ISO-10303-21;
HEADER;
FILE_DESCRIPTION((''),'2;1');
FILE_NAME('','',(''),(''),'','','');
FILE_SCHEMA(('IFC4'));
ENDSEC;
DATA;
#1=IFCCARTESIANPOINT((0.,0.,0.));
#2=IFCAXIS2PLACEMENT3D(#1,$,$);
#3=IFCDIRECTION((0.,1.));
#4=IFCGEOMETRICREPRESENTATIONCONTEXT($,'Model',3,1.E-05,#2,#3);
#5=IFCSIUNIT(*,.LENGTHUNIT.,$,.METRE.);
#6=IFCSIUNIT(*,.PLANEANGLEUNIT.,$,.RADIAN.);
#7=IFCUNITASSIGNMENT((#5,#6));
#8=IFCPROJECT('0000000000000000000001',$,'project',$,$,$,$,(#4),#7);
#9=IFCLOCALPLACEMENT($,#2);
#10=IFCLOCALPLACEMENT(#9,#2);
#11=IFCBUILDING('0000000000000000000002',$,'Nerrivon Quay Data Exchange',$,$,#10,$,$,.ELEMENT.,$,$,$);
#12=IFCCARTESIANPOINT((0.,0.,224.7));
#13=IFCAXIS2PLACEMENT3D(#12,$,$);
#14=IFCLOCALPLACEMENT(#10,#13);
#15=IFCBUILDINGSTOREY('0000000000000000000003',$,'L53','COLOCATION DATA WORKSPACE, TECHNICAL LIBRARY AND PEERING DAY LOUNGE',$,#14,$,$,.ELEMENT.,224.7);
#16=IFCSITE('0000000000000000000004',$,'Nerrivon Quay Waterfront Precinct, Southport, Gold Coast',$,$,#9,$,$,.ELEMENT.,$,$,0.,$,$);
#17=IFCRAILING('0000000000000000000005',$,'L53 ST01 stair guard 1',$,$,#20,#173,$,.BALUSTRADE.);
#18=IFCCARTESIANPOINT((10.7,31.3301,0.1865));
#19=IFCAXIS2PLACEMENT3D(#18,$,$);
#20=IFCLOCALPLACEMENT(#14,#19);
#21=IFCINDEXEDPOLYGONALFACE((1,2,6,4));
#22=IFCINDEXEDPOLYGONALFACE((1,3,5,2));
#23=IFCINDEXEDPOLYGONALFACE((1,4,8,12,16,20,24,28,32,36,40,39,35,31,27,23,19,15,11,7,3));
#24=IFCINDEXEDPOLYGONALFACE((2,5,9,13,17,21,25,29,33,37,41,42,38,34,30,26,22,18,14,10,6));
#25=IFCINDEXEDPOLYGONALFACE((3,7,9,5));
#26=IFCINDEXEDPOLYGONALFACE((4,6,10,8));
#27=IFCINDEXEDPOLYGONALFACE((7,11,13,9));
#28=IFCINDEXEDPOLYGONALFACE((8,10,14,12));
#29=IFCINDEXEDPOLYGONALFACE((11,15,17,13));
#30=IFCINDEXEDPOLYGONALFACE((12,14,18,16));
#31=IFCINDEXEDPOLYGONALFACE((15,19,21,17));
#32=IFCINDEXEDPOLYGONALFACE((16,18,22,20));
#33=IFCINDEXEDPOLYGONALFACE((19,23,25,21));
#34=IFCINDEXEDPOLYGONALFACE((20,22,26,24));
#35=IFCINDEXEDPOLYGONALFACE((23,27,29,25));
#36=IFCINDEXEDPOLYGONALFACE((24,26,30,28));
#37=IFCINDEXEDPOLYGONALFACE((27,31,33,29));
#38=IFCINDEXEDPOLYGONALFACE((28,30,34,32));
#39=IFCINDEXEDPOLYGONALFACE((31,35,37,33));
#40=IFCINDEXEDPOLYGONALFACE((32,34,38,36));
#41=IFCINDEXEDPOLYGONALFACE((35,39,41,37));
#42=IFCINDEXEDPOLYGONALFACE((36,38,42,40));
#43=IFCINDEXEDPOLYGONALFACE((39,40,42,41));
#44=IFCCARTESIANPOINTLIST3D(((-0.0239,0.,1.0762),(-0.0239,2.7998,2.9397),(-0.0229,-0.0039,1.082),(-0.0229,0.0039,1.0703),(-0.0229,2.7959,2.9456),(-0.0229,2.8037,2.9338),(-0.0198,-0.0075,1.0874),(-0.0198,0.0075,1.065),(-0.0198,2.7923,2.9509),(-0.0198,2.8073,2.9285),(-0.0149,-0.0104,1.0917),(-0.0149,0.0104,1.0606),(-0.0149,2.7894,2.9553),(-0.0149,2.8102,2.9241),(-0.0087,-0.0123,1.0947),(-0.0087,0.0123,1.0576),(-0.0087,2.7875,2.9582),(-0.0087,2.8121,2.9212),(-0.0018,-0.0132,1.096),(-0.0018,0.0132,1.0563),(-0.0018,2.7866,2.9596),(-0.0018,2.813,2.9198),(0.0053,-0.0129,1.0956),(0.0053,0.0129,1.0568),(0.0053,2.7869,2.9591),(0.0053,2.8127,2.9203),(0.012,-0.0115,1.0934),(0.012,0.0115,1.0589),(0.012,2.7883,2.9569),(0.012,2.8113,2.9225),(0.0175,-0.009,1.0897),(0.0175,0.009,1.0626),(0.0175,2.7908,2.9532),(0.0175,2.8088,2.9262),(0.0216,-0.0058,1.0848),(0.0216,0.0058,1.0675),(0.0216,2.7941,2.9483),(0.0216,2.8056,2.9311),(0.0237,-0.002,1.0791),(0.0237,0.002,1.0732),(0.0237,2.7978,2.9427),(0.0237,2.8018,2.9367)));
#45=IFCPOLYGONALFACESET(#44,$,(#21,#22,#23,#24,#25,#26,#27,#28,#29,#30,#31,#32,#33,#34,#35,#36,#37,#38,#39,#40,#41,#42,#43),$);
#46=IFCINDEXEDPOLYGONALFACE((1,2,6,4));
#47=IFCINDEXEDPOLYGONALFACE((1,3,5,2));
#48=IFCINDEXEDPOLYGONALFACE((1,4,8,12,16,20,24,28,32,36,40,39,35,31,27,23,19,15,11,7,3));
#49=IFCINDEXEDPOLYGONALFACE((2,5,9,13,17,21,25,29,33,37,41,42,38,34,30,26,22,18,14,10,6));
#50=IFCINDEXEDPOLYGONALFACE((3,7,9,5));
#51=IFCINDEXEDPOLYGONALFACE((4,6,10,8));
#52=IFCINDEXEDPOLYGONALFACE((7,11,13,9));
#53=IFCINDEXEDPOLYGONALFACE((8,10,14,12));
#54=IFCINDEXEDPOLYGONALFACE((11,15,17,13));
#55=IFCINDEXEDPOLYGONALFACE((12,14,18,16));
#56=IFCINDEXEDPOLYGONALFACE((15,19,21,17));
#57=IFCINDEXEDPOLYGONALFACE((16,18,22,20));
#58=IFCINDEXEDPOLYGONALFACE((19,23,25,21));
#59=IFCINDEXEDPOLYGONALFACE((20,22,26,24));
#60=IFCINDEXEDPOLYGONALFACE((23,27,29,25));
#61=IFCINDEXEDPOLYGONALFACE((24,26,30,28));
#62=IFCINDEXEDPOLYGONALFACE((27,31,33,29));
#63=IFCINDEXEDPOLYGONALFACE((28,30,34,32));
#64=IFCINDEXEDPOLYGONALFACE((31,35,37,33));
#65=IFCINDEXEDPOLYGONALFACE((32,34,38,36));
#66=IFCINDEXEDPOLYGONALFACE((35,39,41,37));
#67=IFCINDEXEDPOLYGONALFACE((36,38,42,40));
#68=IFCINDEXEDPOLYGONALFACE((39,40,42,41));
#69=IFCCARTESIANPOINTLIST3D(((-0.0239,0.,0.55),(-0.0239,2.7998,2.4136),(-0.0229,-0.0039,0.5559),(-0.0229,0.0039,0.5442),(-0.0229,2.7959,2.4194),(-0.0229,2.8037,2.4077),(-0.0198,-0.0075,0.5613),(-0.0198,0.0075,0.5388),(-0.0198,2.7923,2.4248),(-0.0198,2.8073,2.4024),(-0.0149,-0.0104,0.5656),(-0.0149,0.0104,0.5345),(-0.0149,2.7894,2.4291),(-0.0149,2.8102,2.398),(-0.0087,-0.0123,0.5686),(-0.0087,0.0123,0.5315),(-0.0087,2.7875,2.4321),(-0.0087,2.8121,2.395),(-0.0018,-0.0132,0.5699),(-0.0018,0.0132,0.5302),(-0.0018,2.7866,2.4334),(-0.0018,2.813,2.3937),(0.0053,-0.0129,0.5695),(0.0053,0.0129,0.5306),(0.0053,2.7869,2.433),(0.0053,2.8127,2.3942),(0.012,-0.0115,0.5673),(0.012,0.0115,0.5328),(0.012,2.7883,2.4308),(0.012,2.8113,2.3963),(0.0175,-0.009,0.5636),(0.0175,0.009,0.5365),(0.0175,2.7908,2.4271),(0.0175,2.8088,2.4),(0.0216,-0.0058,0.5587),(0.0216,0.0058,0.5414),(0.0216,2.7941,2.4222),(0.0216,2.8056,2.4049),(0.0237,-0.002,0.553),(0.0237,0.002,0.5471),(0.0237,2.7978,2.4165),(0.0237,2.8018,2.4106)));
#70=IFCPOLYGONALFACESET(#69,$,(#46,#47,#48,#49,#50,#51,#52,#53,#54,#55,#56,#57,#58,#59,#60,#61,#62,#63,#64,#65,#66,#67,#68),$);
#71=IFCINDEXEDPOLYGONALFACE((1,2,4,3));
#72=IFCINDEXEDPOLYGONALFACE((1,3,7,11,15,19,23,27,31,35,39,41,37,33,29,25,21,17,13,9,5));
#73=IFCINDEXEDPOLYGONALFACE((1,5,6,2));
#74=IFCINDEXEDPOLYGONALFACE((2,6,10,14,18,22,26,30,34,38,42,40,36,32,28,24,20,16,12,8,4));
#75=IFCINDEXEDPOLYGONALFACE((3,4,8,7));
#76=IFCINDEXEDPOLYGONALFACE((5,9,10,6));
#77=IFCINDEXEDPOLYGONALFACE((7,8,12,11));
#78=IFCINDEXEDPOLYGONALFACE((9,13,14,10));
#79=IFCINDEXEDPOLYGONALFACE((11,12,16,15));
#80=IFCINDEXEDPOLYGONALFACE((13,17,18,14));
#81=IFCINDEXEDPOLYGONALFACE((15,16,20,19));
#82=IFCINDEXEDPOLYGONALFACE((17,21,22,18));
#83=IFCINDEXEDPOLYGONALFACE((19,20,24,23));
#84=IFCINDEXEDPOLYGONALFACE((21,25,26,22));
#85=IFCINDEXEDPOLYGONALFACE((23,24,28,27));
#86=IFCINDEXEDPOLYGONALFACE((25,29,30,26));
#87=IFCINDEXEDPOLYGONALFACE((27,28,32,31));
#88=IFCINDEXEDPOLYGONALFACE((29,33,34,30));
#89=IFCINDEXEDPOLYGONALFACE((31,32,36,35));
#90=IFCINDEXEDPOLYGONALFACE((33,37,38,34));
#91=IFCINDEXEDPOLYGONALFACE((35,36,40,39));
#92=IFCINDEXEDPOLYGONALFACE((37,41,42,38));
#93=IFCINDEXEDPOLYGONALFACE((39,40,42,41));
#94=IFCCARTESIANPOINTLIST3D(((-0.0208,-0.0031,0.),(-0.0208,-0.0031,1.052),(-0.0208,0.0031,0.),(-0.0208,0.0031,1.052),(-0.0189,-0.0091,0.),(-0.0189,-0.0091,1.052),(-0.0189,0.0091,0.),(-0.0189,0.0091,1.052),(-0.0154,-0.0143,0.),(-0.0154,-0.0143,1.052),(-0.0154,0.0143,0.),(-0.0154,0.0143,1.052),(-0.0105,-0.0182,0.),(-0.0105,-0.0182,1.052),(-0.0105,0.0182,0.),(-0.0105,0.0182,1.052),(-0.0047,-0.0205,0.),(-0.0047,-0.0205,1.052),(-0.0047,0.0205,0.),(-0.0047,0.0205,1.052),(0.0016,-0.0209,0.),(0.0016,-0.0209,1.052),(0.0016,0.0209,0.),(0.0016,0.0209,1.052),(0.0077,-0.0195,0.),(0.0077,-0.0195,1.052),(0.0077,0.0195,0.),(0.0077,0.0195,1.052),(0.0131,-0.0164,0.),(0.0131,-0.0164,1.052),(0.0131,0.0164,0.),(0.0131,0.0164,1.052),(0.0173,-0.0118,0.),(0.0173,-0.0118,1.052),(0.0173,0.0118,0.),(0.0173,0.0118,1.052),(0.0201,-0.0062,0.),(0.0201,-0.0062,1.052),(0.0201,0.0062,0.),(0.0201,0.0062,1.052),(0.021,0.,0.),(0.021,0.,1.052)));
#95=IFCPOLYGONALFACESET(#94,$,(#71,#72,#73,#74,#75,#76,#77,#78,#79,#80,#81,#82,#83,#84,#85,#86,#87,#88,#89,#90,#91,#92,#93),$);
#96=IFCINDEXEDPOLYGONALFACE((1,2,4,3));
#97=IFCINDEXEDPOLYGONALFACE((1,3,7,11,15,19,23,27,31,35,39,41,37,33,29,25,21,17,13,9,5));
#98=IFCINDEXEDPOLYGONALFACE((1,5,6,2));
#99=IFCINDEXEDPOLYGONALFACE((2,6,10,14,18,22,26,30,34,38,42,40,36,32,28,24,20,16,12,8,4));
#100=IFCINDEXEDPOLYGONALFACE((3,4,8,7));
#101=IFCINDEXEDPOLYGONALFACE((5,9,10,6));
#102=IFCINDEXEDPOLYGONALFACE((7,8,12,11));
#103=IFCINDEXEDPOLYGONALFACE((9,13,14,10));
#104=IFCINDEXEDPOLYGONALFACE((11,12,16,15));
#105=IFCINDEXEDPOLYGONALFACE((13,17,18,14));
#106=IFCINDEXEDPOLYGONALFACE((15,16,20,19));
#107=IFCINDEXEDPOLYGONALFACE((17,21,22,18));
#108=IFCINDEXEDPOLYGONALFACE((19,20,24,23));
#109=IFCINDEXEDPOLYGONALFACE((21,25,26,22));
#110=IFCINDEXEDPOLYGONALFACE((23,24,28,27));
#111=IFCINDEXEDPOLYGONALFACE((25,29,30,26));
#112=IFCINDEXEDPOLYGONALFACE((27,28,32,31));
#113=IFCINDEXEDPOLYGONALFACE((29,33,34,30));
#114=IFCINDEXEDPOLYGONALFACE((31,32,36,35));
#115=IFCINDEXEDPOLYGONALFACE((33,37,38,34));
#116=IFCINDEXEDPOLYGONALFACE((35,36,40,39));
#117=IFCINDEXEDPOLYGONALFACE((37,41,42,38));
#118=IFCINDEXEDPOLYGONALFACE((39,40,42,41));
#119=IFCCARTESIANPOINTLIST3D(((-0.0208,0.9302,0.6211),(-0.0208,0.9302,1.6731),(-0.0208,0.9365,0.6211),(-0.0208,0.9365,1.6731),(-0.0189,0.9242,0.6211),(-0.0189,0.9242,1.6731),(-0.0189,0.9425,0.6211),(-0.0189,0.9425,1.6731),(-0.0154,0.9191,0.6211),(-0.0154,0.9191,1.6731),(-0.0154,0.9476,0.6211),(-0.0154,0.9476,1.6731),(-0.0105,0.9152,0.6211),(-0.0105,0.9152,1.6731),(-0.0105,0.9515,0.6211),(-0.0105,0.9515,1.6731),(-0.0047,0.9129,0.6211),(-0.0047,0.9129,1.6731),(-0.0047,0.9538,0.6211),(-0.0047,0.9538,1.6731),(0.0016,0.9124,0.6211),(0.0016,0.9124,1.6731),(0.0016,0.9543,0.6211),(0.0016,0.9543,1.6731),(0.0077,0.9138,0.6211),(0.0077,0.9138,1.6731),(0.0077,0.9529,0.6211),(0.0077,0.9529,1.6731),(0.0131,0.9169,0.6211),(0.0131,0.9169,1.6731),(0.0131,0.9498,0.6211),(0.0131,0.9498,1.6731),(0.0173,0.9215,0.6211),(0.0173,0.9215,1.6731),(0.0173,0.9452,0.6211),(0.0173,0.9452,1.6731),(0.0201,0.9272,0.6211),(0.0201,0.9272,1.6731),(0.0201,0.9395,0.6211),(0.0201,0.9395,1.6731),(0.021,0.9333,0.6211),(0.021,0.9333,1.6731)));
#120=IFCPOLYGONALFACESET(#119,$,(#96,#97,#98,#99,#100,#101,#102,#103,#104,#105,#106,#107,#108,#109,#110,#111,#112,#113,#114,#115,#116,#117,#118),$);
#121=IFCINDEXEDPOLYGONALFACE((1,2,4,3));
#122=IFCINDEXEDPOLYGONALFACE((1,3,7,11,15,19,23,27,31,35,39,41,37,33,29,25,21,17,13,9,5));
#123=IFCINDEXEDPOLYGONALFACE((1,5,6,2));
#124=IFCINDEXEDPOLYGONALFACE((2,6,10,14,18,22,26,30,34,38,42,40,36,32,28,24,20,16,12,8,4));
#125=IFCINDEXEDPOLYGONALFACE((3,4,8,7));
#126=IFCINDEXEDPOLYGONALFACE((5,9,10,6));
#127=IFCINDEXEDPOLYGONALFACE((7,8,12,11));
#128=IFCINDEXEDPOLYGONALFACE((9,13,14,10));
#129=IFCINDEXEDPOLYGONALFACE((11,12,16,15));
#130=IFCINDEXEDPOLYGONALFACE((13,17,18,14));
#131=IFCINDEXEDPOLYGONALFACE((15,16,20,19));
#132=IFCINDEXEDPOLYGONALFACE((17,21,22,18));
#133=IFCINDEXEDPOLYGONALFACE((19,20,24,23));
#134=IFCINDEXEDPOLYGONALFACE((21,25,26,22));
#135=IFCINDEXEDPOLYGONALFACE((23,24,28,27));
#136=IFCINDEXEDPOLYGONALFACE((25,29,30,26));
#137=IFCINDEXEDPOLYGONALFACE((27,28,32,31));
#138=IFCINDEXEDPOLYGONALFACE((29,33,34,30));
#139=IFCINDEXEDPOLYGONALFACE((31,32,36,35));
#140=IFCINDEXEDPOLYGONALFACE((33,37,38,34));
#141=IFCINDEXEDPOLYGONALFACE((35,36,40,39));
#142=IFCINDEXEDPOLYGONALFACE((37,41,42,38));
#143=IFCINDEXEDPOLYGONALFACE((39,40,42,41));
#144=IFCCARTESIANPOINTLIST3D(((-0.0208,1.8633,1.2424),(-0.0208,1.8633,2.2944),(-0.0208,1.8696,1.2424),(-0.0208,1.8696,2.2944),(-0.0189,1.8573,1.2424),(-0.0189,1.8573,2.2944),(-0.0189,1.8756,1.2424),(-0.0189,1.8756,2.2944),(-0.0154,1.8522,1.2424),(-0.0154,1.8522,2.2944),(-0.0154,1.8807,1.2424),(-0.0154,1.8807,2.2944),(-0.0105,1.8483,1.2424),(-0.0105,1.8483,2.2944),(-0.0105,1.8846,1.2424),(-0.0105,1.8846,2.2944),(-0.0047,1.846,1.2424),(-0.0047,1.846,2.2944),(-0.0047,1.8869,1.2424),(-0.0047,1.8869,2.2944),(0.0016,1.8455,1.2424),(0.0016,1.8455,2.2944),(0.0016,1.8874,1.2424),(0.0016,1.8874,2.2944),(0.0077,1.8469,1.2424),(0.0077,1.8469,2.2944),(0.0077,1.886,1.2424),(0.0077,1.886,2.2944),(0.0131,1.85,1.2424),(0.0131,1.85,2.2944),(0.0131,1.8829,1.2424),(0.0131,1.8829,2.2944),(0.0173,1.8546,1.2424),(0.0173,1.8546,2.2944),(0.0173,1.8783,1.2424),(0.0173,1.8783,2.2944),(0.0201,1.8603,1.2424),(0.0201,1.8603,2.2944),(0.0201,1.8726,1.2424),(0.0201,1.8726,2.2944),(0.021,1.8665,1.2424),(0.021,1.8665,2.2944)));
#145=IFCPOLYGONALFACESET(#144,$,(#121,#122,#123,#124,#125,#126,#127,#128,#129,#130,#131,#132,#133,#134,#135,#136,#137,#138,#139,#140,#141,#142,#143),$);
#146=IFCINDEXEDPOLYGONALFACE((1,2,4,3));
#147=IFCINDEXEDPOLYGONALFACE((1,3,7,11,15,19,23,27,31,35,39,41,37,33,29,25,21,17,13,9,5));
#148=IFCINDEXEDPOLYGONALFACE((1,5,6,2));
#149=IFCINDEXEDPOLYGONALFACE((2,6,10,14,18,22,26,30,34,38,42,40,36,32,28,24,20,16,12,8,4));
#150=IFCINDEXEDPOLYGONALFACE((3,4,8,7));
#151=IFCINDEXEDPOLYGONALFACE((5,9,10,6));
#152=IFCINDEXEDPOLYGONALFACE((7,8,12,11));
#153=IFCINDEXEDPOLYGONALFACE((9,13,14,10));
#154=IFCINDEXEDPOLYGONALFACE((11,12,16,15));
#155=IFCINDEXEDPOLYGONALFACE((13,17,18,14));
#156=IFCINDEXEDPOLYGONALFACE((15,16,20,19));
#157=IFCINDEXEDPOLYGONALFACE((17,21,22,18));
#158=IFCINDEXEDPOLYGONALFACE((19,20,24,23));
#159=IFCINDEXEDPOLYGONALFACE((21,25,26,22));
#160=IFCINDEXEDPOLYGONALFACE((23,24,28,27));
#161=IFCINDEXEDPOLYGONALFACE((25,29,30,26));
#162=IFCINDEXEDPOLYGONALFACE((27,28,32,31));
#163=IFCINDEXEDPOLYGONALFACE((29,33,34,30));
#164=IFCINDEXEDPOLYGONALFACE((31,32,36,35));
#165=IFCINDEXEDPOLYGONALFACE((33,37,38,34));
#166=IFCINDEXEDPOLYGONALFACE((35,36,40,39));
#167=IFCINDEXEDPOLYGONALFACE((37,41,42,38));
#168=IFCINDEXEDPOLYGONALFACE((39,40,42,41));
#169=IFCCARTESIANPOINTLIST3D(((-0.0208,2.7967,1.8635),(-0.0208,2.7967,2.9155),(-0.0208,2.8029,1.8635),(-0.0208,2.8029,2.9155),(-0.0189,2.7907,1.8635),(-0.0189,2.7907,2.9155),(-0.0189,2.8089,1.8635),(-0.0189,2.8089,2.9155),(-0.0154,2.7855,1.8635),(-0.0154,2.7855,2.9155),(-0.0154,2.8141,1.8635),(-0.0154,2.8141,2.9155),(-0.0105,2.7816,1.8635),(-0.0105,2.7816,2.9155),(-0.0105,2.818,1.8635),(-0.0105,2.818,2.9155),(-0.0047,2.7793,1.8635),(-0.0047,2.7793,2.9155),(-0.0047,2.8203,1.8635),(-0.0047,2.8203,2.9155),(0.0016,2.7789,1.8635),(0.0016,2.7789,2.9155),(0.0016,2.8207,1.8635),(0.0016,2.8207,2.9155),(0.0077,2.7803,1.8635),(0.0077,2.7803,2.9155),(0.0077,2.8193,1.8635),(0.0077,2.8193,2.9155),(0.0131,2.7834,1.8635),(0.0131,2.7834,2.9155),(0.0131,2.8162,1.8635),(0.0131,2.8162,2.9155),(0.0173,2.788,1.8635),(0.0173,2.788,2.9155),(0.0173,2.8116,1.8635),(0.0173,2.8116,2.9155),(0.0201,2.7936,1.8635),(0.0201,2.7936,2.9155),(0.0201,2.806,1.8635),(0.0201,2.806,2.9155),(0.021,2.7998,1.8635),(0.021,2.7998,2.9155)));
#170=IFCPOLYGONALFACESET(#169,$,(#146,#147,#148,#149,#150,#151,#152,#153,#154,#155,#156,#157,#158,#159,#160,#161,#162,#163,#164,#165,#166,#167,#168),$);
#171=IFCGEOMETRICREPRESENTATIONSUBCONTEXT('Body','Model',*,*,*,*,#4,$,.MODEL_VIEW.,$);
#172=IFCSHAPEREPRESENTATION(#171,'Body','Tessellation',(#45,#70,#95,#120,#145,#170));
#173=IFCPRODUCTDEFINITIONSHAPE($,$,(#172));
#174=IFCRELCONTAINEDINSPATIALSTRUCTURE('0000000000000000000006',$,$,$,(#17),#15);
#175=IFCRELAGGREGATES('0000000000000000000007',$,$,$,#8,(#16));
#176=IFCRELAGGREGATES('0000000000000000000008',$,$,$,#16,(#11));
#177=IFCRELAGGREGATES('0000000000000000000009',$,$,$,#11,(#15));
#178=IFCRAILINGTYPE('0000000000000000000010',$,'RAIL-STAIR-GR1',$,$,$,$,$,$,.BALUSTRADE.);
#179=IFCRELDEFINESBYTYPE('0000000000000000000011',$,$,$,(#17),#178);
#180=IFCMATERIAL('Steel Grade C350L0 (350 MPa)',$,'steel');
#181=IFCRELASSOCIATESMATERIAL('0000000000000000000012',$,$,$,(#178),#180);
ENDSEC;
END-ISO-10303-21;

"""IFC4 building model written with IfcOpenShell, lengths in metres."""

from ifc_helpers import new_model, si_unit, direction, frame, origin, origin_2d, place, context, subcontext, project, spatial, circle, extrude, material, type_object, element, save


model = new_model("IFC4")

# Units and contexts
model_context = context("Model", 3, precision=1e-05, world=origin(), true_north=direction((0.0, 1.0)))
body_context = subcontext(model_context, "Body", "Model", "MODEL_VIEW")
ifc_project = project(units=[si_unit("LENGTHUNIT", "METRE"), si_unit("PLANEANGLEUNIT", "RADIAN")], contexts=[model_context])

# Site, building, storey
site_placement = place(None, origin())
site = spatial("IfcSite", under=ifc_project, at=site_placement, Name="Nerrivon Quay Waterfront Precinct, Southport, Gold Coast", CompositionType="ELEMENT", RefElevation=0.0)
building_placement = place(site_placement, origin())
building = spatial("IfcBuilding", under=site, at=building_placement, Name="Nerrivon Quay Data Exchange", CompositionType="ELEMENT")
storey_placement = place(building_placement, frame((0.0, 0.0, 224.7)))
storey = spatial("IfcBuildingStorey", under=building, at=storey_placement, Name="L53", Description="COLOCATION DATA WORKSPACE, TECHNICAL LIBRARY AND PEERING DAY LOUNGE", CompositionType="ELEMENT", Elevation=224.7)

# Railing
ifc_material_1 = material(Name="Steel Grade C350L0 (350 MPa)", Category="steel")
railing_type_1 = type_object("IfcRailingType", Name="RAIL-STAIR-GR1", PredefinedType="BALUSTRADE", material=ifc_material_1)
railing_1_placement = place(storey_placement, frame((10.7, 31.3301, 0.1865)))
element("IfcRailing", 1, at=railing_1_placement, inside=storey, type_object=railing_type_1, Name="L53 ST01 stair guard 1", PredefinedType="BALUSTRADE", context=body_context, shape_type="SweptSolid", body=[
    extrude(circle(Radius=0.0239, at=origin_2d()), frame((0.0, 0.0, 1.0762), z_axis=(0.0, 0.832463, 0.55408), x_axis=(-1.0, 0.0, 0.0)), (0.0, 0.0, 1.0), 3.3633),
    extrude(circle(Radius=0.0239, at=origin_2d()), frame((0.0, 0.0, 0.55), z_axis=(0.0, 0.832463, 0.55408), x_axis=(-1.0, 0.0, 0.0)), (0.0, 0.0, 1.0), 3.3633),
    extrude(circle(Radius=0.021, at=origin_2d()), origin(), (0.0, 0.0, 1.0), 1.052),
    extrude(circle(Radius=0.021, at=origin_2d()), frame((0.0, 0.9333, 0.6211)), (0.0, 0.0, 1.0), 1.052),
    extrude(circle(Radius=0.021, at=origin_2d()), frame((0.0, 1.8665, 1.2424)), (0.0, 0.0, 1.0), 1.052),
    extrude(circle(Radius=0.021, at=origin_2d()), frame((0.0, 2.7998, 1.8635)), (0.0, 0.0, 1.0), 1.052),
])

save(model, "model.ifc")
